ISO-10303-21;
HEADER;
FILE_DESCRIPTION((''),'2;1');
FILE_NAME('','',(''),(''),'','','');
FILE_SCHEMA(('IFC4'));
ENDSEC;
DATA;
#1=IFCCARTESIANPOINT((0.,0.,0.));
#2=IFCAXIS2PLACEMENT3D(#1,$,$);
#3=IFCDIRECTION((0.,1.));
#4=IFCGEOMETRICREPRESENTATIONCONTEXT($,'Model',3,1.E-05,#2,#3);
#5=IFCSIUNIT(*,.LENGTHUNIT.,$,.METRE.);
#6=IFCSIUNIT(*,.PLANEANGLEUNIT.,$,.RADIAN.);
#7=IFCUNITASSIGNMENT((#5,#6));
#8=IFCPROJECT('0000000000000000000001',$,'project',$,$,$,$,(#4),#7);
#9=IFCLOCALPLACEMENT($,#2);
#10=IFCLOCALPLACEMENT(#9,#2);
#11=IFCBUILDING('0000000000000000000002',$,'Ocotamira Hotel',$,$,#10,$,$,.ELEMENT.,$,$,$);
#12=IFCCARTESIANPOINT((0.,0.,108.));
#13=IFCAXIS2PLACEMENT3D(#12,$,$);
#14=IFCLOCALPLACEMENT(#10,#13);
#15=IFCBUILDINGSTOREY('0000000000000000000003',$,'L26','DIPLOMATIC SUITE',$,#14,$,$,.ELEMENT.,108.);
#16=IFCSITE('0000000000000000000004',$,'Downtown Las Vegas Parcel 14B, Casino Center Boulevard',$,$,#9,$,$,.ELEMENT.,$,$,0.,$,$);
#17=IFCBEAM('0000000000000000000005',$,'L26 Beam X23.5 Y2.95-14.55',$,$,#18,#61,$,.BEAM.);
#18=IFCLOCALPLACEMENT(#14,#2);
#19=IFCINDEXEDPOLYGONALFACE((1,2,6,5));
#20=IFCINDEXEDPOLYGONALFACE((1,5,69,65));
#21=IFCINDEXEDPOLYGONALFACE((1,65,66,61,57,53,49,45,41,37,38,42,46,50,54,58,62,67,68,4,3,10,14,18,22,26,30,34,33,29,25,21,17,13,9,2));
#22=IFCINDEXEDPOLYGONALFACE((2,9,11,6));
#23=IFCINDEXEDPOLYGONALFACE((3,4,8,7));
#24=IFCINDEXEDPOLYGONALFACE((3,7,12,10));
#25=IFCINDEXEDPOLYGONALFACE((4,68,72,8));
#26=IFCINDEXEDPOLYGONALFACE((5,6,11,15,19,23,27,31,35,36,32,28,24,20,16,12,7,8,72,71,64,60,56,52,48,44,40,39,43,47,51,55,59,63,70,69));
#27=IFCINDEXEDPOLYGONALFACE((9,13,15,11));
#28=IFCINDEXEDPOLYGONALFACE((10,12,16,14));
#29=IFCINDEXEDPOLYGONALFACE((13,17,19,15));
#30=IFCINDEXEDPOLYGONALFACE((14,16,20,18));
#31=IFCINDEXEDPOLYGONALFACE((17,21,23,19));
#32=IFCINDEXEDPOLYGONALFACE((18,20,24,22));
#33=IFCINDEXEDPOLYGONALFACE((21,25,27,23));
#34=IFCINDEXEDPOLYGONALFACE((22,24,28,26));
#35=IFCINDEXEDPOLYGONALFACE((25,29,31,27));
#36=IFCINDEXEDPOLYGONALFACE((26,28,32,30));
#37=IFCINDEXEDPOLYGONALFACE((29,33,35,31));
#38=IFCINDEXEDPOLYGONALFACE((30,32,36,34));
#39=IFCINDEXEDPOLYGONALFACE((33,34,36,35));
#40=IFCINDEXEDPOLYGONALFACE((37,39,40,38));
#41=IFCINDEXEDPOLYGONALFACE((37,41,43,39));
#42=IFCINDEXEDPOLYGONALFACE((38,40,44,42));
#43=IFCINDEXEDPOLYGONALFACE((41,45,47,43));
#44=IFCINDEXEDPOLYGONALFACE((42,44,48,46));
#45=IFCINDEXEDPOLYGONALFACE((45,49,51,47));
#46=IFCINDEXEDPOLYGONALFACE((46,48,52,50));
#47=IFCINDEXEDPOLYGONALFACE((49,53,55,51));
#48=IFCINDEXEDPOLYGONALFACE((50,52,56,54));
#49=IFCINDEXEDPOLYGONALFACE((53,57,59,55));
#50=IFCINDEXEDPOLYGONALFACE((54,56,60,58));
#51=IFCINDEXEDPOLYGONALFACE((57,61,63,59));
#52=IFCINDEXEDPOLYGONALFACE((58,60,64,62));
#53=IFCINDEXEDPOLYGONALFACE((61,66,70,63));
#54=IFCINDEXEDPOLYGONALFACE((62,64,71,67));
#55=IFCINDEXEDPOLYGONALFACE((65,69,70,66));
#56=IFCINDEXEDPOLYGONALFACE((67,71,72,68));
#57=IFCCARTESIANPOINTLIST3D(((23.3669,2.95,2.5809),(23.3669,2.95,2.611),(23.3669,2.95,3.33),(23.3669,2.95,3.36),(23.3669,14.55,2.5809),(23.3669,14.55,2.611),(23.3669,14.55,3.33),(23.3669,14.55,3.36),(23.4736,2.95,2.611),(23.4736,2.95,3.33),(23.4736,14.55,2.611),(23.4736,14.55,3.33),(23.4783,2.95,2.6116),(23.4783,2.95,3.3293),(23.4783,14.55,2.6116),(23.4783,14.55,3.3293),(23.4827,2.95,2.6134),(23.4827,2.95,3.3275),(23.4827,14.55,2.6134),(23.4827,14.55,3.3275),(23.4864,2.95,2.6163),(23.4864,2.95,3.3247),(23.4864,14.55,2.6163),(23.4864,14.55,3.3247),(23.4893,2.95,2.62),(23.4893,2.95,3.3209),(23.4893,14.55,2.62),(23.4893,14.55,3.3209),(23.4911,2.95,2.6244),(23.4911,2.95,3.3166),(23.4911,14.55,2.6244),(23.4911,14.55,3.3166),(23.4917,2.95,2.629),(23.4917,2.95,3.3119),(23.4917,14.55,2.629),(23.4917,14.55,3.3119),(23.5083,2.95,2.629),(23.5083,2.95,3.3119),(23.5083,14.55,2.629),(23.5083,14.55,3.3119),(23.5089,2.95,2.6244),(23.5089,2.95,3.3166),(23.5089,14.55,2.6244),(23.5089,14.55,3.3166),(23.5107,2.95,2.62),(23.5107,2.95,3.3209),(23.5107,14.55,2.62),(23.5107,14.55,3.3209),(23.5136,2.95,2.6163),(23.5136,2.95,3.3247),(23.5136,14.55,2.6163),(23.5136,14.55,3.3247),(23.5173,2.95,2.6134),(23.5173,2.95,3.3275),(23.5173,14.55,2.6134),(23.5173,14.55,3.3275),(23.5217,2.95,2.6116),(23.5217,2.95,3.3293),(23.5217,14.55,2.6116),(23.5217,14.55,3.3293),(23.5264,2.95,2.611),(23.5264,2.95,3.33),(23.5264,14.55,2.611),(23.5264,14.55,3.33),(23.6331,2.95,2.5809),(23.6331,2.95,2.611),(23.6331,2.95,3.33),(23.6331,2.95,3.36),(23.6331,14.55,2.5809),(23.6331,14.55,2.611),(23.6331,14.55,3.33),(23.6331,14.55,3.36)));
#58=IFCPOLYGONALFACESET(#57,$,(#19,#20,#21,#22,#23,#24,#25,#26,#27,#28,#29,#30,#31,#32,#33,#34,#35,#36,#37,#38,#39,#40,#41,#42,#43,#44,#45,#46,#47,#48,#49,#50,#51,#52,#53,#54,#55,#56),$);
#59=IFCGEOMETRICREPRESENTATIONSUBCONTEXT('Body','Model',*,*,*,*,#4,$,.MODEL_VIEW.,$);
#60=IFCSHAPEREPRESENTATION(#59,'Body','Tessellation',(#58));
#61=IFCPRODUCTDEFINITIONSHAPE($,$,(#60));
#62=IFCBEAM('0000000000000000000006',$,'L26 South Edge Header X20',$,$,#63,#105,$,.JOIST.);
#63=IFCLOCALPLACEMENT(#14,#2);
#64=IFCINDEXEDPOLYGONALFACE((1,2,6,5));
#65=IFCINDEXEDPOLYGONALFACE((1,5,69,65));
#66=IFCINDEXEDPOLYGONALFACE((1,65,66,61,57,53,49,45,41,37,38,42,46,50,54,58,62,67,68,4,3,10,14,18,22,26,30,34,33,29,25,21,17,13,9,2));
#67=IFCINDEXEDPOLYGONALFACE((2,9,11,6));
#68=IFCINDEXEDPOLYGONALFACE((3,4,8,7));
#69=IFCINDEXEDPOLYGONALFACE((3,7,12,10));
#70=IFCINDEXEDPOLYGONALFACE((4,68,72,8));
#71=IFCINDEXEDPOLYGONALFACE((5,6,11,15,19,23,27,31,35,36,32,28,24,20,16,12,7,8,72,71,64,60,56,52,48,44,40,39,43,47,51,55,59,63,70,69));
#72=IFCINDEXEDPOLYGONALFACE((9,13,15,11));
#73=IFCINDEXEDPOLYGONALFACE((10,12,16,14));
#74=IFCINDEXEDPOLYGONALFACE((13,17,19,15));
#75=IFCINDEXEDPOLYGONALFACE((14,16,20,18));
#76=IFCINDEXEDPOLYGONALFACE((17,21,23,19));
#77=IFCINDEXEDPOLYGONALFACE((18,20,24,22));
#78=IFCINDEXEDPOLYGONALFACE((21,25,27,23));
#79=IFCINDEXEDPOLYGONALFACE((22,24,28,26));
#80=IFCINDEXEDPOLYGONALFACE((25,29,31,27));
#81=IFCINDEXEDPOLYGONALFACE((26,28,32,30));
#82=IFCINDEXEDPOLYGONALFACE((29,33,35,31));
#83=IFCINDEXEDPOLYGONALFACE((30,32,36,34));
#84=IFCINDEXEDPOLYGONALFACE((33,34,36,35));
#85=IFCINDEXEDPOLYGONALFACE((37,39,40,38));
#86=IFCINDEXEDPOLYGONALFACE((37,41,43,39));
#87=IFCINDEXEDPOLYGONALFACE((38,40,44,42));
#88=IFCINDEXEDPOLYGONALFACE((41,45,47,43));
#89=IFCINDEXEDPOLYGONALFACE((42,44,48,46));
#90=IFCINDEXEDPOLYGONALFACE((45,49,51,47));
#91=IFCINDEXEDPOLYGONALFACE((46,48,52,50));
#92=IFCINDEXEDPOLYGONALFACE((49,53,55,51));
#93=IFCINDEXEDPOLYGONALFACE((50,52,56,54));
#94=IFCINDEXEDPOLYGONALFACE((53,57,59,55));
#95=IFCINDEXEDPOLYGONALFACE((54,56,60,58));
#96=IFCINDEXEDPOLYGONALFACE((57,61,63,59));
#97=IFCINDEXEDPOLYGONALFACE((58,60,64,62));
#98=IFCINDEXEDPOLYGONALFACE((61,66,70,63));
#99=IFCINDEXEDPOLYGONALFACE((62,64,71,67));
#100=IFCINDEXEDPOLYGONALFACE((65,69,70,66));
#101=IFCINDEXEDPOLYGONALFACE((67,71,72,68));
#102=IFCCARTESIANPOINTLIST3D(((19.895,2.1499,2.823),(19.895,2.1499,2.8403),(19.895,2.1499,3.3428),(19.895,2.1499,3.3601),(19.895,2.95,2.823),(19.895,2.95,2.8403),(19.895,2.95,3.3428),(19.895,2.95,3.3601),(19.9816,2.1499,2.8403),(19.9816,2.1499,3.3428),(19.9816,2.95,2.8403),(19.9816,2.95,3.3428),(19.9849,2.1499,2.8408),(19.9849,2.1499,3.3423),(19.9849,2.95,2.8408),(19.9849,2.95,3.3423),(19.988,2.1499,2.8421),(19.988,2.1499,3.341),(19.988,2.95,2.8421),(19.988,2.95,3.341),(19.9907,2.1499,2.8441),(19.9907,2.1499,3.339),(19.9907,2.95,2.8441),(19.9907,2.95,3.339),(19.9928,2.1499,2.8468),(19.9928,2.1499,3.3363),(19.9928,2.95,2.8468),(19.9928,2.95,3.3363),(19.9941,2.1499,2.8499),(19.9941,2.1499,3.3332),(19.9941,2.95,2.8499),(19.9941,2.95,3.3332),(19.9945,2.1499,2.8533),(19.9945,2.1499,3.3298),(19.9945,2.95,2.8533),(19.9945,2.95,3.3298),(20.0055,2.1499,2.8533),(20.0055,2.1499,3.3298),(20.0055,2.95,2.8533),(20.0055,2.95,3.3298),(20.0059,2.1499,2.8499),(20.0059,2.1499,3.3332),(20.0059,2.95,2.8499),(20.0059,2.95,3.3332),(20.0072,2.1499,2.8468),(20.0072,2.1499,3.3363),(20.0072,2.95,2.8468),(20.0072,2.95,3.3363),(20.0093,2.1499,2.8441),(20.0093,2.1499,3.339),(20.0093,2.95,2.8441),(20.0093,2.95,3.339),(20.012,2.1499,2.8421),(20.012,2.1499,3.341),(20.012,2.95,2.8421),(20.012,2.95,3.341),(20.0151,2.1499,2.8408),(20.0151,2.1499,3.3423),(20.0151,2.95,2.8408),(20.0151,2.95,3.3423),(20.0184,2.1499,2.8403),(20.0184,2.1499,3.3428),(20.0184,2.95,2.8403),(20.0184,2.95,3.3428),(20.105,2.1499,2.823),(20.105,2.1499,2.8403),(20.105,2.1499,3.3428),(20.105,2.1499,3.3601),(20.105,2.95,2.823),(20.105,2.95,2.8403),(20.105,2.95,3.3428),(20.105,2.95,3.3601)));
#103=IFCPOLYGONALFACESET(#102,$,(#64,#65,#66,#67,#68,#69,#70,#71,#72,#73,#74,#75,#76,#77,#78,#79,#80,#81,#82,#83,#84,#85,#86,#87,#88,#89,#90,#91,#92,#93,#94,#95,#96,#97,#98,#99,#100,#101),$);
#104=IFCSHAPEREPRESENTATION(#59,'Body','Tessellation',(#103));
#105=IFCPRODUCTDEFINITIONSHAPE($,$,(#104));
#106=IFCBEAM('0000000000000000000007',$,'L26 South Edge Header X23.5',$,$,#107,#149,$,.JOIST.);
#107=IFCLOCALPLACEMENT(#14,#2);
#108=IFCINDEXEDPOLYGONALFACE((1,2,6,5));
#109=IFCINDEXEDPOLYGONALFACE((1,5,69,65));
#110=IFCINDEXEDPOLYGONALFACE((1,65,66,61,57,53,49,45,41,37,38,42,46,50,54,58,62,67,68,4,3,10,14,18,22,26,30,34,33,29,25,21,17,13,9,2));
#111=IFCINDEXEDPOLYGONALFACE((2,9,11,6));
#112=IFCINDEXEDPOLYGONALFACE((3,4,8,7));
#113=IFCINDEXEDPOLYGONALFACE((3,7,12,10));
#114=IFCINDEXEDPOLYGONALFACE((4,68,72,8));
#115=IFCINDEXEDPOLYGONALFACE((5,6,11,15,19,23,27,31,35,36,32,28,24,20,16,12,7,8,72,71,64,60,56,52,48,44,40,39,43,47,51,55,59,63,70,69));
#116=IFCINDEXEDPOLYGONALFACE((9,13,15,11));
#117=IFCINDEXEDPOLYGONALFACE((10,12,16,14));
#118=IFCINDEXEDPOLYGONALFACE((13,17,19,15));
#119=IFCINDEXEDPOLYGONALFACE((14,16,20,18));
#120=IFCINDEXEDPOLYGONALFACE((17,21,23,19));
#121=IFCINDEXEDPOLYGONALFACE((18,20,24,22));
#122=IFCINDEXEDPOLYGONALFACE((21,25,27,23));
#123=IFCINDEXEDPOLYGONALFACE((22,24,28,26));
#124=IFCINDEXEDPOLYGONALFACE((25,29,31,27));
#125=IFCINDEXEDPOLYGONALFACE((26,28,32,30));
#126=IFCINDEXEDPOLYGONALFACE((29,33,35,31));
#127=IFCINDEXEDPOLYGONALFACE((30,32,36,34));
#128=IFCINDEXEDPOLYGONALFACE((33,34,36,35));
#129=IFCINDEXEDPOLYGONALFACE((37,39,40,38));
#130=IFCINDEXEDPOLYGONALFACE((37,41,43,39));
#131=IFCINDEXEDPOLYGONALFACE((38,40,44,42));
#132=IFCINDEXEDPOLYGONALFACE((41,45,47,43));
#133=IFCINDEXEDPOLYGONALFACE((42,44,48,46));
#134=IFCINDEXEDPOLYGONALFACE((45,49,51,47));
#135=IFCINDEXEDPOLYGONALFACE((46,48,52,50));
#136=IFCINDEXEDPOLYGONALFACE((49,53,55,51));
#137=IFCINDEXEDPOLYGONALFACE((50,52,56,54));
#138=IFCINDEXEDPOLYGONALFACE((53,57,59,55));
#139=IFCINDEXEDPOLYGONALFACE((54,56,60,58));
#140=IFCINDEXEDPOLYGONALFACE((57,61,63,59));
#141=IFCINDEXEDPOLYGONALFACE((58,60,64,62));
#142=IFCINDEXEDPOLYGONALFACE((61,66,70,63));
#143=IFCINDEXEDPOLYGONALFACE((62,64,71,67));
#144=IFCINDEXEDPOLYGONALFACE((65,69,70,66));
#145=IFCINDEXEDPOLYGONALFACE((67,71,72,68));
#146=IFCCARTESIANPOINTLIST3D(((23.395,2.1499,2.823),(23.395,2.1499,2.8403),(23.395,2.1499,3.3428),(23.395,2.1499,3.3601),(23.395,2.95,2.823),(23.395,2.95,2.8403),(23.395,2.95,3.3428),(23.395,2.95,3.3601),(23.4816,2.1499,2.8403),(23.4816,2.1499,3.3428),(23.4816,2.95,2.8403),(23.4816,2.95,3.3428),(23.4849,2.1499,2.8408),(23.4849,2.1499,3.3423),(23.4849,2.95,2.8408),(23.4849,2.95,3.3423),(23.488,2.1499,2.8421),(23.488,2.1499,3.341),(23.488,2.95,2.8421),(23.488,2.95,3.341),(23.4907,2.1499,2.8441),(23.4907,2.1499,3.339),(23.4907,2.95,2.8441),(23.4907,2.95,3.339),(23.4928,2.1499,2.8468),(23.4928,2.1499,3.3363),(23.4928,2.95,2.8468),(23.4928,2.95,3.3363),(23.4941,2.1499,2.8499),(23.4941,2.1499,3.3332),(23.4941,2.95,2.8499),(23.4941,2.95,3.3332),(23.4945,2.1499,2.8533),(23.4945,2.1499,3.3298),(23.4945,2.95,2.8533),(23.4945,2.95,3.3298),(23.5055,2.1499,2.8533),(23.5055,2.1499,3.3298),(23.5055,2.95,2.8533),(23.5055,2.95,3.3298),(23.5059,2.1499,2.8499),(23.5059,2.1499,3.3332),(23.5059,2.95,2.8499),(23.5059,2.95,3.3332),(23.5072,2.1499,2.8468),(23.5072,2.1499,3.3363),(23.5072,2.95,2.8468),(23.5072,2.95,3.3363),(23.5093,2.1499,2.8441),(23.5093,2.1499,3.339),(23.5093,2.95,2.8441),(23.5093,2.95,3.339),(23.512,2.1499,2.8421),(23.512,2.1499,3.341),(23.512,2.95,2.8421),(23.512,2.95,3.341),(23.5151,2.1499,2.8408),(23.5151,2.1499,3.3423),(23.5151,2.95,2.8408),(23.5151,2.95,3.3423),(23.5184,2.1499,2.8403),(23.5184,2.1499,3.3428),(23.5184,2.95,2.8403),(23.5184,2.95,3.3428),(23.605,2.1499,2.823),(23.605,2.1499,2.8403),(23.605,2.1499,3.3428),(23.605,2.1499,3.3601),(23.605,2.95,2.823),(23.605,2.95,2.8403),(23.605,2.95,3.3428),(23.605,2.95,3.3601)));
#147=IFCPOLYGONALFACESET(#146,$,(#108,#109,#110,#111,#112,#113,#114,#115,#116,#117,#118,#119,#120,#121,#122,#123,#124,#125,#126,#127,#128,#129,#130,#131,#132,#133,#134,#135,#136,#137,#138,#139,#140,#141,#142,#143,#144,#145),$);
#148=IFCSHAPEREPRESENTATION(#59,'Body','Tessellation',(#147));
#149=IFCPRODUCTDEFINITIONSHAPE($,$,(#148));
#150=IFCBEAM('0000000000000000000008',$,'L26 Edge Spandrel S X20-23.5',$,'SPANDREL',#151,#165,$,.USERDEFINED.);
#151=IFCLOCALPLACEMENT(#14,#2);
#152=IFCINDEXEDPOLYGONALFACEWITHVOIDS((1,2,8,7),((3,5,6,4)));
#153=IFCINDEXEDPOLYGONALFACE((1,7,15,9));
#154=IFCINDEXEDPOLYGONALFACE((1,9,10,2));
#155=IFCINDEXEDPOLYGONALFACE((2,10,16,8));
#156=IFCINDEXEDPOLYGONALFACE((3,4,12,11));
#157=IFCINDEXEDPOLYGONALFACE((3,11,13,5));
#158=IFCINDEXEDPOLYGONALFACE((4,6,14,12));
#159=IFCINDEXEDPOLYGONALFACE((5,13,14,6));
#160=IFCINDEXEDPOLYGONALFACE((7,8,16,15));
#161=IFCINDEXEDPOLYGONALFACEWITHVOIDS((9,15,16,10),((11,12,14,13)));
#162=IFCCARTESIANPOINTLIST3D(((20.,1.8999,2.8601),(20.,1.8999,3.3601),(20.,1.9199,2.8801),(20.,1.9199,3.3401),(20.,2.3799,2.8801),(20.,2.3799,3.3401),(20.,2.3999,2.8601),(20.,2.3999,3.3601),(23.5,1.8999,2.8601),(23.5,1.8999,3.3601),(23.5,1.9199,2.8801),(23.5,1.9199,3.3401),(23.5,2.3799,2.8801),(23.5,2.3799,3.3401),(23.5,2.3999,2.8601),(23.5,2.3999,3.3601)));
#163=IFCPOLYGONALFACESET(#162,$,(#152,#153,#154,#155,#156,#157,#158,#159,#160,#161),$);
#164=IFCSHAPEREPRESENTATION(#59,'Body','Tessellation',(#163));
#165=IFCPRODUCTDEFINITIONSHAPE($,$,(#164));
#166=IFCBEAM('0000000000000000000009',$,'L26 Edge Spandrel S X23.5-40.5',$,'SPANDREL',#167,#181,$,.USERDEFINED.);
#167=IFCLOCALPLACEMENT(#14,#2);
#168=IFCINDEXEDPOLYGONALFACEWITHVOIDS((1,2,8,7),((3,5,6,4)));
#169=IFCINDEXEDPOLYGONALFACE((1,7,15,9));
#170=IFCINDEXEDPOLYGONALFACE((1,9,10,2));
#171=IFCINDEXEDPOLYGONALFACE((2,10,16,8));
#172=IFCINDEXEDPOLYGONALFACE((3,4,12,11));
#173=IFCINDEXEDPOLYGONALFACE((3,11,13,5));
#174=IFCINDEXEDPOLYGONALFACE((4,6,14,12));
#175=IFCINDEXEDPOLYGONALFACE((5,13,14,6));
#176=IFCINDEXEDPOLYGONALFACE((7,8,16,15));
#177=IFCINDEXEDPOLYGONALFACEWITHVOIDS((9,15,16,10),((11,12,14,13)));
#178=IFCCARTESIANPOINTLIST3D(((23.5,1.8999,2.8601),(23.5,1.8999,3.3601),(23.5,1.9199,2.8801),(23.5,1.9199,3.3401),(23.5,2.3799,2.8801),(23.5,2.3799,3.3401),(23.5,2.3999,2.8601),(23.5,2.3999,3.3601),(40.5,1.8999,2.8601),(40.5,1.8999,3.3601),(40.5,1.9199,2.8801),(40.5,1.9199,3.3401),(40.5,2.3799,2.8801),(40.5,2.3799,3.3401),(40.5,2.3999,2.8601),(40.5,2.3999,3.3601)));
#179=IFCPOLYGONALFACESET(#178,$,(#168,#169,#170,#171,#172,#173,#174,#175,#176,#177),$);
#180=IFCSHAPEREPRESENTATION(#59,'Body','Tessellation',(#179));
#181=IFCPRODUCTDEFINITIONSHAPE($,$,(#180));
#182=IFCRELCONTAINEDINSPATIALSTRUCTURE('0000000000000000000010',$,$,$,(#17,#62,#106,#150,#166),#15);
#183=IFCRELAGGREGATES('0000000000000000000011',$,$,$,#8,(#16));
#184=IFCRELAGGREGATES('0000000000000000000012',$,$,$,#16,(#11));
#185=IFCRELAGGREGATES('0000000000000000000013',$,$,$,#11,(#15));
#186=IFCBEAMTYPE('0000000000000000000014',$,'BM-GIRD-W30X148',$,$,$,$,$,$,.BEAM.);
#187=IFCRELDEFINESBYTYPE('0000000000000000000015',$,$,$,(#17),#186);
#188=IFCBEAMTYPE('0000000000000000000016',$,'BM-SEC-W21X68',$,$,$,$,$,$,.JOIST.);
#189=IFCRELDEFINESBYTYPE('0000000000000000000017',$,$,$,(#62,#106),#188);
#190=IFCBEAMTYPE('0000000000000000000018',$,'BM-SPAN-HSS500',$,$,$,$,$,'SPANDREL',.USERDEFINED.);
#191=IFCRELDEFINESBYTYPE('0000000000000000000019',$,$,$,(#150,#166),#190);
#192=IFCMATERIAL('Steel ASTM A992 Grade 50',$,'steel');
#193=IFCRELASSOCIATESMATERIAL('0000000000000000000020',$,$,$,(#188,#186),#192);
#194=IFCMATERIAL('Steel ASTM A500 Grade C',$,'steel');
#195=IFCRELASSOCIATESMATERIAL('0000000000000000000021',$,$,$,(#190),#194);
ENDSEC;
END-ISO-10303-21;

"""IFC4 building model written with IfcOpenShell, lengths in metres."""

from ifc_helpers import new_model, si_unit, direction, frame, origin, origin_2d, place, context, subcontext, project, spatial, hollow_rectangle, i_section, extrude, source, transform, mapped, material, material_profile, profile_set, type_object, element, save


model = new_model("IFC4")

# Units and contexts
model_context = context("Model", 3, precision=1e-05, world=origin(), true_north=direction((0.0, 1.0)))
body_context = subcontext(model_context, "Body", "Model", "MODEL_VIEW")
ifc_project = project(units=[si_unit("LENGTHUNIT", "METRE"), si_unit("PLANEANGLEUNIT", "RADIAN")], contexts=[model_context])

# Site, building, storey
site_placement = place(None, origin())
site = spatial("IfcSite", under=ifc_project, at=site_placement, Name="Downtown Las Vegas Parcel 14B, Casino Center Boulevard", CompositionType="ELEMENT", RefElevation=0.0)
building_placement = place(site_placement, origin())
building = spatial("IfcBuilding", under=site, at=building_placement, Name="Ocotamira Hotel", CompositionType="ELEMENT")
storey_placement = place(building_placement, frame((0.0, 0.0, 108.0)))
storey = spatial("IfcBuildingStorey", under=building, at=storey_placement, Name="L26", Description="DIPLOMATIC SUITE", CompositionType="ELEMENT", Elevation=108.0)

# Beams
ifc_material_1 = material(Name="Steel ASTM A992 Grade 50", Category="steel")
ifc_material_profile_1 = material_profile(ifc_material_1, i_section(OverallWidth=0.21, OverallDepth=0.5371, WebThickness=0.011, FlangeThickness=0.0173, FilletRadius=0.0129, at=origin_2d()), Name="W21X68")
ifc_profile_set_1 = profile_set([ifc_material_profile_1], Name="Steel ASTM A992 Grade 50")
beam_type_1 = type_object("IfcBeamType", Name="BM-SEC-W21X68", PredefinedType="JOIST", material=ifc_profile_set_1)
ifc_material_profile_2 = material_profile(ifc_material_1, i_section(OverallWidth=0.2661, OverallDepth=0.7791, WebThickness=0.0166, FlangeThickness=0.03, FilletRadius=0.0181, at=origin_2d()), Name="W30X148")
ifc_profile_set_2 = profile_set([ifc_material_profile_2], Name="Steel ASTM A992 Grade 50")
beam_type_2 = type_object("IfcBeamType", Name="BM-GIRD-W30X148", PredefinedType="BEAM", material=ifc_profile_set_2)
shared_shape_1 = source(origin(), body_context, "Body", "SweptSolid", [
    extrude(i_section(OverallWidth=0.2661, OverallDepth=0.7791, WebThickness=0.0166, FlangeThickness=0.03, FilletRadius=0.0181, at=origin_2d()), origin(), (0.0, 0.0, 1.0), 11.6001),
])
beam_1_placement = place(storey_placement, frame((23.5, 2.95, 2.9705), z_axis=(0.0, 1.0, 0.0), x_axis=(-1.0, 0.0, 0.0)))
element("IfcBeam", 1, at=beam_1_placement, inside=storey, type_object=beam_type_2, Name="L26 Beam X23.5 Y2.95-14.55", PredefinedType="BEAM", context=body_context, shape_type="MappedRepresentation", body=[
    mapped(shared_shape_1, transform((0.0, 0.0, 0.0), scale=1.0)),
])
shared_shape_2 = source(origin(), body_context, "Body", "SweptSolid", [
    extrude(i_section(OverallWidth=0.21, OverallDepth=0.5371, WebThickness=0.011, FlangeThickness=0.0173, FilletRadius=0.0129, at=origin_2d()), origin(), (0.0, 0.0, 1.0), 0.8),
])
for number, where, z_axis, x_axis, name in (
    (2, (20.0, 2.95, 3.0916), (0.0, -1.0, 0.0), (1.0, 0.0, 0.0), "L26 South Edge Header X20"),
    (3, (23.5, 2.95, 3.0916), (0.0, -1.0, 0.0), (1.0, 0.0, 0.0), "L26 South Edge Header X23.5"),
):
    element("IfcBeam", number, at=place(storey_placement, frame(where, z_axis=z_axis, x_axis=x_axis)), inside=storey, type_object=beam_type_1, Name=name, PredefinedType="JOIST", context=body_context, shape_type="MappedRepresentation", body=[
        mapped(shared_shape_2, transform((0.0, 0.0, 0.0), scale=1.0)),
    ])
ifc_material_2 = material(Name="Steel ASTM A500 Grade C", Category="steel")
ifc_material_profile_3 = material_profile(ifc_material_2, hollow_rectangle(XDim=0.5, YDim=0.5, WallThickness=0.02, at=origin_2d()), Name="HSS500X500X20")
ifc_profile_set_3 = profile_set([ifc_material_profile_3], Name="Steel ASTM A500 Grade C")
beam_type_3 = type_object("IfcBeamType", Name="BM-SPAN-HSS500", ElementType="SPANDREL", PredefinedType="USERDEFINED", material=ifc_profile_set_3)
shared_shape_3 = source(origin(), body_context, "Body", "SweptSolid", [
    extrude(hollow_rectangle(XDim=0.5, YDim=0.5, WallThickness=0.02, at=origin_2d()), origin(), (0.0, 0.0, 1.0), 3.5),
])
beam_2_placement = place(storey_placement, frame((20.0, 2.1499, 3.1101), z_axis=(1.0, 0.0, 0.0), x_axis=(0.0, 1.0, 0.0)))
element("IfcBeam", 4, at=beam_2_placement, inside=storey, type_object=beam_type_3, Name="L26 Edge Spandrel S X20-23.5", ObjectType="SPANDREL", PredefinedType="USERDEFINED", context=body_context, shape_type="MappedRepresentation", body=[
    mapped(shared_shape_3, transform((0.0, 0.0, 0.0), scale=1.0)),
])
shared_shape_4 = source(origin(), body_context, "Body", "SweptSolid", [
    extrude(hollow_rectangle(XDim=0.5, YDim=0.5, WallThickness=0.02, at=origin_2d()), origin(), (0.0, 0.0, 1.0), 17.0),
])
beam_3_placement = place(storey_placement, frame((23.5, 2.1499, 3.1101), z_axis=(1.0, 0.0, 0.0), x_axis=(0.0, 1.0, 0.0)))
element("IfcBeam", 5, at=beam_3_placement, inside=storey, type_object=beam_type_3, Name="L26 Edge Spandrel S X23.5-40.5", ObjectType="SPANDREL", PredefinedType="USERDEFINED", context=body_context, shape_type="MappedRepresentation", body=[
    mapped(shared_shape_4, transform((0.0, 0.0, 0.0), scale=1.0)),
])

save(model, "model.ifc")
